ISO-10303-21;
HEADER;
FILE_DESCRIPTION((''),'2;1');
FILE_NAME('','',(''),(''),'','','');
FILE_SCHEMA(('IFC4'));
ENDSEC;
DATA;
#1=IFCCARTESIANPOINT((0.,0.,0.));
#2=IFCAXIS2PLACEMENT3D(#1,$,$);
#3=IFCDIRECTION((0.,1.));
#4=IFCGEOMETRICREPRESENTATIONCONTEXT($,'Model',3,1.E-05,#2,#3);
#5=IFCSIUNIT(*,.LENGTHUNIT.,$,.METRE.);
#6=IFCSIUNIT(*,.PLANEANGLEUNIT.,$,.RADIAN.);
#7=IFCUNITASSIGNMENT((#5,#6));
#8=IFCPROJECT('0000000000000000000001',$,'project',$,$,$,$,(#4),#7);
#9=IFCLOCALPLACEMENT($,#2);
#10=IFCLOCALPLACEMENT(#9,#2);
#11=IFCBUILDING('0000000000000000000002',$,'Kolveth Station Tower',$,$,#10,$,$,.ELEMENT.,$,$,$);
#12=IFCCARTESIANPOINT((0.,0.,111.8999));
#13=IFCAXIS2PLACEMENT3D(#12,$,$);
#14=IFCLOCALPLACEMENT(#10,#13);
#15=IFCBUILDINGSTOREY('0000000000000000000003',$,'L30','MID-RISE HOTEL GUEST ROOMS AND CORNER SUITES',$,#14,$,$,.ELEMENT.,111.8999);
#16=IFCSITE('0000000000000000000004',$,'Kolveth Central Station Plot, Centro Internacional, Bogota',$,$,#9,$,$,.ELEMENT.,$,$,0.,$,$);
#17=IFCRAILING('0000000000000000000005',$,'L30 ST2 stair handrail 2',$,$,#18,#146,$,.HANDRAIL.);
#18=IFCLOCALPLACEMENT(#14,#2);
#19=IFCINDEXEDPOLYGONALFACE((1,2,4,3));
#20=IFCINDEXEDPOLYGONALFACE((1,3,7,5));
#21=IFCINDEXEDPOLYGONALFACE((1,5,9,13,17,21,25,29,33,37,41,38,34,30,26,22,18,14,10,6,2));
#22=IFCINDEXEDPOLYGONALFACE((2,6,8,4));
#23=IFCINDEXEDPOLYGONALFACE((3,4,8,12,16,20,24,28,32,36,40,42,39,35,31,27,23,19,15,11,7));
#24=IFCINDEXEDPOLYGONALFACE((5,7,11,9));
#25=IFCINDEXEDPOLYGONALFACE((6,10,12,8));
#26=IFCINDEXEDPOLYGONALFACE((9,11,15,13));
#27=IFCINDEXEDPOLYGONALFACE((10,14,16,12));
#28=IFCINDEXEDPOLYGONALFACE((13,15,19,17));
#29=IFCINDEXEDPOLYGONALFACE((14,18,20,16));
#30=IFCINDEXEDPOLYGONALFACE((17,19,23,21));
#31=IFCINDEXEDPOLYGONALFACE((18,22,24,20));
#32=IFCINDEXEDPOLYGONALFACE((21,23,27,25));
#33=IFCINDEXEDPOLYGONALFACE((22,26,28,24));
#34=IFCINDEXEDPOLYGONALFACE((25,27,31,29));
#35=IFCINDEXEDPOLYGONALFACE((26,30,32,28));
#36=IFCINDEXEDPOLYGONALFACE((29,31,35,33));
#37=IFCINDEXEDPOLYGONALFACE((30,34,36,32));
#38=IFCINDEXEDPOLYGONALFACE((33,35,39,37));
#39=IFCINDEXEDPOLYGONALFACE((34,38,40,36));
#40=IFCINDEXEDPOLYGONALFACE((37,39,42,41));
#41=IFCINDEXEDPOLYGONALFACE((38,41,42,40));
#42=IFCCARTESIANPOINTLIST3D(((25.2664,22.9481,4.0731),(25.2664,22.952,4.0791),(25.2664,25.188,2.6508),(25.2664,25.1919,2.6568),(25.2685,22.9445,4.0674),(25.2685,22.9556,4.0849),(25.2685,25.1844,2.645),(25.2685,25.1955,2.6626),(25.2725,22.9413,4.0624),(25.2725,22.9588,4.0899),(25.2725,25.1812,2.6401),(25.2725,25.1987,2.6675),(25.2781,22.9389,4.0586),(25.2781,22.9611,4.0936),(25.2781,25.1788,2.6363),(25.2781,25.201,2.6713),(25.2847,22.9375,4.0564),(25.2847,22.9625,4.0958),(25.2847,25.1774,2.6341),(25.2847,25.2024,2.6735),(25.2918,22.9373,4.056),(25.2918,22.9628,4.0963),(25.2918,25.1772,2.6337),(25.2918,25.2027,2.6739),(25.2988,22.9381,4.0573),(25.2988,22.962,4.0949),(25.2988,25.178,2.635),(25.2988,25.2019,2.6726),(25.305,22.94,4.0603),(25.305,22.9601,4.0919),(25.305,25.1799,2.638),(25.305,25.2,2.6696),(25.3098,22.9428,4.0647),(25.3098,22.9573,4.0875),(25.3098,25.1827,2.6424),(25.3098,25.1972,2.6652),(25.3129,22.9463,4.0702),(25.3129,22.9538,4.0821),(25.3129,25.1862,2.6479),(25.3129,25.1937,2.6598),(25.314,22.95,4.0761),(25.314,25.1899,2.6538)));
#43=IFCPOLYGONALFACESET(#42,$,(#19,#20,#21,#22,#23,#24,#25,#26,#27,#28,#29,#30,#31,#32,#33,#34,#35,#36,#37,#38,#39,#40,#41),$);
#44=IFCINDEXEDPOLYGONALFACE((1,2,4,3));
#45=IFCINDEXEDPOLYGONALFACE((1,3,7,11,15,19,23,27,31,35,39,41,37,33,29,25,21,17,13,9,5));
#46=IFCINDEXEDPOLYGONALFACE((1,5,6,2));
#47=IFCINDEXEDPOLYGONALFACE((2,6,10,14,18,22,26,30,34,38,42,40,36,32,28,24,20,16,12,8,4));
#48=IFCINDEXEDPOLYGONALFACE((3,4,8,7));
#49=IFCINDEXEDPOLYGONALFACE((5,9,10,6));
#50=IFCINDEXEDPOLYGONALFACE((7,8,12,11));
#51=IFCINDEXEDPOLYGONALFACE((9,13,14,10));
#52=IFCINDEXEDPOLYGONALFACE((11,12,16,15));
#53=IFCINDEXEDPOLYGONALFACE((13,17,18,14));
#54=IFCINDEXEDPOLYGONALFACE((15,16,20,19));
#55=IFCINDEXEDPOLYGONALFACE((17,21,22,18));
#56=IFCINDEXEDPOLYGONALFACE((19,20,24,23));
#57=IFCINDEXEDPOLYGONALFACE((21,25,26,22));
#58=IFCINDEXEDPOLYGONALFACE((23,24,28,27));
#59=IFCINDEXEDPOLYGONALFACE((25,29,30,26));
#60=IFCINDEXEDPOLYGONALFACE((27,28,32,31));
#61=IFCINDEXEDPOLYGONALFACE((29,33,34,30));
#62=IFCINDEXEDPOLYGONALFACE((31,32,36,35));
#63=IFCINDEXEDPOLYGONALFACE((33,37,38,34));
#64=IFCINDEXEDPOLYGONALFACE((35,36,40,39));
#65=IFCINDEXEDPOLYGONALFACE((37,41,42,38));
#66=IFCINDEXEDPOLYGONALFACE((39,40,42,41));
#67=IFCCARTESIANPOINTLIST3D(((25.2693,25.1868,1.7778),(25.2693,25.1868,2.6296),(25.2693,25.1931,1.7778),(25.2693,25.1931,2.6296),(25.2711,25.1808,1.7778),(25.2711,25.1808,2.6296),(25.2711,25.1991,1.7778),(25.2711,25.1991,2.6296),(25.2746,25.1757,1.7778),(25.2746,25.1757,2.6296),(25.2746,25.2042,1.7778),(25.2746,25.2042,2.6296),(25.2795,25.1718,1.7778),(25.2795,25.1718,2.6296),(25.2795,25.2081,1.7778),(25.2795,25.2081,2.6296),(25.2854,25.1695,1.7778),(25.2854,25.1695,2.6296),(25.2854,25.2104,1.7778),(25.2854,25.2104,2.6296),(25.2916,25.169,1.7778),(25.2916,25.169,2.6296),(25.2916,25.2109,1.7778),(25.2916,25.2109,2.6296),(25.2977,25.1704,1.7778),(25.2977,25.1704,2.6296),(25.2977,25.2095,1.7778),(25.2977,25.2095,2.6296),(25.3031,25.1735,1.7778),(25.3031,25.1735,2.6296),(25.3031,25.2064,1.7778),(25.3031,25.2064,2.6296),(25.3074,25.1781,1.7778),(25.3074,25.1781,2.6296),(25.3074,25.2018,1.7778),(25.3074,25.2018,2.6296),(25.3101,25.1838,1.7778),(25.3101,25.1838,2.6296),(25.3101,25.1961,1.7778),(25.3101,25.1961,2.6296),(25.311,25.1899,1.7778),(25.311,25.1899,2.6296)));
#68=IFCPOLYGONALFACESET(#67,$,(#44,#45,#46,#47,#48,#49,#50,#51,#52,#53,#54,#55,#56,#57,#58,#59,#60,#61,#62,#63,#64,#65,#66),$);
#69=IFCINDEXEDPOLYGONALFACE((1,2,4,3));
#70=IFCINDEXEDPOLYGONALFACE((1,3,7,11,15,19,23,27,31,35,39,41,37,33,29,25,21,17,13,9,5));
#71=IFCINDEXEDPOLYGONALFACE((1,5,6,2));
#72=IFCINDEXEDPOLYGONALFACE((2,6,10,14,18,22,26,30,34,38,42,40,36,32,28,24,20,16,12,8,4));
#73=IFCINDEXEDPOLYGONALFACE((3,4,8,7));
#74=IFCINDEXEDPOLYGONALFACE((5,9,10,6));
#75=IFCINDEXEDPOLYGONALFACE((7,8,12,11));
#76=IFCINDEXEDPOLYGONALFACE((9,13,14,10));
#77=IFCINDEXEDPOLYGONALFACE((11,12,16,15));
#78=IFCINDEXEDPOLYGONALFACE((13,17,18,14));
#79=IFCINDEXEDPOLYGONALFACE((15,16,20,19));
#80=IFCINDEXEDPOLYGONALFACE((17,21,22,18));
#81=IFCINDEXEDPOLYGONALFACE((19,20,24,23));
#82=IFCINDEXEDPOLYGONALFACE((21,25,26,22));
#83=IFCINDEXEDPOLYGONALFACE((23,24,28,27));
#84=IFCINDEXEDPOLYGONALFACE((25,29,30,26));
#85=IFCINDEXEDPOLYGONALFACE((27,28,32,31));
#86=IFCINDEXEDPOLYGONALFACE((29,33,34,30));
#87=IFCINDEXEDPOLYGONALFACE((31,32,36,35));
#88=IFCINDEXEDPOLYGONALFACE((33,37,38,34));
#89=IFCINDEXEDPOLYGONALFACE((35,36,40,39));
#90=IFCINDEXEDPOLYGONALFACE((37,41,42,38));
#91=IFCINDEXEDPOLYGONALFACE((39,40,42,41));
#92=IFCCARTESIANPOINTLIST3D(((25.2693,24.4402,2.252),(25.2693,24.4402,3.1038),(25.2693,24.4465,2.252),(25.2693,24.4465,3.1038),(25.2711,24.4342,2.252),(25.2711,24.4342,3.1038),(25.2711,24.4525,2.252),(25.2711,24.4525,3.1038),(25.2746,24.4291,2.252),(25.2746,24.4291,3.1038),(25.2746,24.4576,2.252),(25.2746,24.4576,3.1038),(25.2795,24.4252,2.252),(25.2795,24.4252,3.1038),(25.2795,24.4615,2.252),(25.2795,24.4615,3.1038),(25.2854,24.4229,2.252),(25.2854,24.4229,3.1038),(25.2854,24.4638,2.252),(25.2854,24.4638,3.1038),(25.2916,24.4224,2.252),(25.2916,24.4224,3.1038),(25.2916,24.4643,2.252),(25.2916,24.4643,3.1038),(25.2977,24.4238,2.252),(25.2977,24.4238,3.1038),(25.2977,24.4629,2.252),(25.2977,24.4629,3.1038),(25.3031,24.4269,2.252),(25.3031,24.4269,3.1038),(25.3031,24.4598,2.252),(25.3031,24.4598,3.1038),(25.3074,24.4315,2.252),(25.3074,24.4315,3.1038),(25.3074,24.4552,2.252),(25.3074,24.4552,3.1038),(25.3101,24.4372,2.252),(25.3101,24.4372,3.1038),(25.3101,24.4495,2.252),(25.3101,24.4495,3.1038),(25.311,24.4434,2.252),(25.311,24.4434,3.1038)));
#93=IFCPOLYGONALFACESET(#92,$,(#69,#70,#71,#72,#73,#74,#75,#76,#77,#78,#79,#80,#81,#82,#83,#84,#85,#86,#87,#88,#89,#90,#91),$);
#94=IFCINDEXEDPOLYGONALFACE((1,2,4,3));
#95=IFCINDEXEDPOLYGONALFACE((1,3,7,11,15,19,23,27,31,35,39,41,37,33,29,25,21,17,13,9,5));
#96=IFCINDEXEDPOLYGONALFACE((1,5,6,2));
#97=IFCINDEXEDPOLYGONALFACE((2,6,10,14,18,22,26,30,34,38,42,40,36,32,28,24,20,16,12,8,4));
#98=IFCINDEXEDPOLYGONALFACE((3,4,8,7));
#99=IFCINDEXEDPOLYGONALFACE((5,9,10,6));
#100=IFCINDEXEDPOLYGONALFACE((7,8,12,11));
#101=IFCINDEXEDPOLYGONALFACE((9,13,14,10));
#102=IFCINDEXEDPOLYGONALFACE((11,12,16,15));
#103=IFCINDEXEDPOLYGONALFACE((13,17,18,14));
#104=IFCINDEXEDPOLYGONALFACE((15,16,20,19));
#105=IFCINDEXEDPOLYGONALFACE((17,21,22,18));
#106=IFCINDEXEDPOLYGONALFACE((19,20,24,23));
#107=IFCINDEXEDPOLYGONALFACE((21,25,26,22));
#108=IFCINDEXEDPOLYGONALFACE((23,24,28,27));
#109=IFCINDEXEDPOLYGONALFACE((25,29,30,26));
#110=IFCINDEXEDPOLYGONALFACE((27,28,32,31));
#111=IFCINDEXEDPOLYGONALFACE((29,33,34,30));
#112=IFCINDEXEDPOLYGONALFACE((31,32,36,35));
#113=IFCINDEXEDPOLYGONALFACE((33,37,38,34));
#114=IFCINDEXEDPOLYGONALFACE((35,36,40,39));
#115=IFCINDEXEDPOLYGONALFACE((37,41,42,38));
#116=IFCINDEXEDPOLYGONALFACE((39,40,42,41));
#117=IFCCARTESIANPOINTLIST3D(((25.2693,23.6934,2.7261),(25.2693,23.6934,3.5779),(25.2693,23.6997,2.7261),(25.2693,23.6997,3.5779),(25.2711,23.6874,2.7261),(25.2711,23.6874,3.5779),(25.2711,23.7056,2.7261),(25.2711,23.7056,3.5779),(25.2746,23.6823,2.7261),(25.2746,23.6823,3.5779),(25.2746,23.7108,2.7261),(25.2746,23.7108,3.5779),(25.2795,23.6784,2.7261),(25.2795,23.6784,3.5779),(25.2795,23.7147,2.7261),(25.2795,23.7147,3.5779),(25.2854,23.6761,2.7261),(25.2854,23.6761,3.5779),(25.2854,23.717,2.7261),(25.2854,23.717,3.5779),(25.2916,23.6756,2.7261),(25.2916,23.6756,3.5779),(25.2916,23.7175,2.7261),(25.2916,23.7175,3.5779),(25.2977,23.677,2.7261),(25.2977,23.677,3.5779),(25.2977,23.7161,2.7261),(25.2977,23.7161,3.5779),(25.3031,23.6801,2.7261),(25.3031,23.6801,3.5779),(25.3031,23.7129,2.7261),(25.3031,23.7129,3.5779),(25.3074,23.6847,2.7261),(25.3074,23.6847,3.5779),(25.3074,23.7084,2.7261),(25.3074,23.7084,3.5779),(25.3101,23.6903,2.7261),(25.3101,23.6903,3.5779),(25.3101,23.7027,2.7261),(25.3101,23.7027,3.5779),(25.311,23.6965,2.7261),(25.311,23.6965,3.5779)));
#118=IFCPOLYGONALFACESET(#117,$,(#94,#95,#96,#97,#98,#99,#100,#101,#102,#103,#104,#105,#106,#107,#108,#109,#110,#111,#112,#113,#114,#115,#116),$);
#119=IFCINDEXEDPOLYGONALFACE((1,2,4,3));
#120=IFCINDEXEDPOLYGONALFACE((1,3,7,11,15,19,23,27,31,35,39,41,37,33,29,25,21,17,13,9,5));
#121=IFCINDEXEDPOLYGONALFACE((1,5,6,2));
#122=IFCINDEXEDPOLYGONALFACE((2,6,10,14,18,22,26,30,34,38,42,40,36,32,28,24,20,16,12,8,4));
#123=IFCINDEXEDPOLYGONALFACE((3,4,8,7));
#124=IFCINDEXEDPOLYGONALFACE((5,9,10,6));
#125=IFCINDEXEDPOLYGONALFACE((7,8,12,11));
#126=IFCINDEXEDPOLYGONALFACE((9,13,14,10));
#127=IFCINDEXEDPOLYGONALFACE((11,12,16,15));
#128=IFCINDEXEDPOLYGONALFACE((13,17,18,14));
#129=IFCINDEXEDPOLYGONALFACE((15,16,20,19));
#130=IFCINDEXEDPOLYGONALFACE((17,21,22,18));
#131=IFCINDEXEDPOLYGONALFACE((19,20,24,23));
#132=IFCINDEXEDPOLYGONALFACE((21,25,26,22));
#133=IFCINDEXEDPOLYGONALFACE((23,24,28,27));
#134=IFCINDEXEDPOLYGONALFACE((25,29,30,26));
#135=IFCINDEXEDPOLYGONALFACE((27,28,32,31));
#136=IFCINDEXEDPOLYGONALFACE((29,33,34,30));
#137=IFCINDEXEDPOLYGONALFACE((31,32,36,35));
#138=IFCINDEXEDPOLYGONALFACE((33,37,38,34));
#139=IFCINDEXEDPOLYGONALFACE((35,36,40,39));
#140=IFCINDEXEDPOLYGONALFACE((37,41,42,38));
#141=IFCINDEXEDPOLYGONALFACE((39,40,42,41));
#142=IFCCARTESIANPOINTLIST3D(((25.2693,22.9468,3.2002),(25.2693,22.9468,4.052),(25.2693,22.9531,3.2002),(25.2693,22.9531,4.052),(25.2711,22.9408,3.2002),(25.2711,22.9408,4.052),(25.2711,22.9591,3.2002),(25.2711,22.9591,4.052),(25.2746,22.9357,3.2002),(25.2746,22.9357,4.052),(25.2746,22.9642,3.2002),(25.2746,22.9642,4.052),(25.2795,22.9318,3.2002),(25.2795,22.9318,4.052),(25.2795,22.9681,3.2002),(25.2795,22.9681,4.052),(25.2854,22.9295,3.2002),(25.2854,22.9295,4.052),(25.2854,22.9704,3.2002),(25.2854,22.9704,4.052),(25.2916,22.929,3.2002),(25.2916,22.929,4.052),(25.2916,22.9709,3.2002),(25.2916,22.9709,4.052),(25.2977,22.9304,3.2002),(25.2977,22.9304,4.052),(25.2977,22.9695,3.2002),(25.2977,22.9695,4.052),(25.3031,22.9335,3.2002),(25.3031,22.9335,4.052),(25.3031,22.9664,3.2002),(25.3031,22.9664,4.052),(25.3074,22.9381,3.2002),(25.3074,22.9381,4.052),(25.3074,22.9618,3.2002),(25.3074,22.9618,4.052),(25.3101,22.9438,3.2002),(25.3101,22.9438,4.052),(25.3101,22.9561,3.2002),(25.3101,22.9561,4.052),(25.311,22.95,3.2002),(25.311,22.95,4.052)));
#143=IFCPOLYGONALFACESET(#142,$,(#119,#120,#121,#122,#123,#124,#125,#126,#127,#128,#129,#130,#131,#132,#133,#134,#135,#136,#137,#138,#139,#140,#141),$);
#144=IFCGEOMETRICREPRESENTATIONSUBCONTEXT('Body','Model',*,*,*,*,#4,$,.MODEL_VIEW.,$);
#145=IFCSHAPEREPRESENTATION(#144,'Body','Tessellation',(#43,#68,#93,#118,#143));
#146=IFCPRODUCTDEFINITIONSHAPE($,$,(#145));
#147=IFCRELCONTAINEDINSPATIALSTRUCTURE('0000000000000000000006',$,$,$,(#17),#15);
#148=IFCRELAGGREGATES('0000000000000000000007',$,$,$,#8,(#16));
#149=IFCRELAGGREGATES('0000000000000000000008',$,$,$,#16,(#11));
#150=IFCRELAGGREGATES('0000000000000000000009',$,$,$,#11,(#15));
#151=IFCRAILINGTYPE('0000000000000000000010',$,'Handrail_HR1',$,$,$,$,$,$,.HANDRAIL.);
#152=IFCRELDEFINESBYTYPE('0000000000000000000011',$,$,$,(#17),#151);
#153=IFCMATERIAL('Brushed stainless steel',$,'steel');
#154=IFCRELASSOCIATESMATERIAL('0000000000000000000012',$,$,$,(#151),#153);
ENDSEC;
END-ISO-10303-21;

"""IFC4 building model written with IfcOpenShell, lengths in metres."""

from ifc_helpers import new_model, si_unit, direction, frame, origin, origin_2d, place, context, subcontext, project, spatial, circle, extrude, material, type_object, element, save


model = new_model("IFC4")

# Units and contexts
model_context = context("Model", 3, precision=1e-05, world=origin(), true_north=direction((0.0, 1.0)))
body_context = subcontext(model_context, "Body", "Model", "MODEL_VIEW")
ifc_project = project(units=[si_unit("LENGTHUNIT", "METRE"), si_unit("PLANEANGLEUNIT", "RADIAN")], contexts=[model_context])

# Site, building, storey
site_placement = place(None, origin())
site = spatial("IfcSite", under=ifc_project, at=site_placement, Name="Kolveth Central Station Plot, Centro Internacional, Bogota", CompositionType="ELEMENT", RefElevation=0.0)
building_placement = place(site_placement, origin())
building = spatial("IfcBuilding", under=site, at=building_placement, Name="Kolveth Station Tower", CompositionType="ELEMENT")
storey_placement = place(building_placement, frame((0.0, 0.0, 111.8999)))
storey = spatial("IfcBuildingStorey", under=building, at=storey_placement, Name="L30", Description="MID-RISE HOTEL GUEST ROOMS AND CORNER SUITES", CompositionType="ELEMENT", Elevation=111.8999)

# Railing
ifc_material_1 = material(Name="Brushed stainless steel", Category="steel")
railing_type_1 = type_object("IfcRailingType", Name="Handrail_HR1", PredefinedType="HANDRAIL", material=ifc_material_1)
railing_1_placement = place(storey_placement, frame((25.29, 25.1899, 1.7778)))
element("IfcRailing", 1, at=railing_1_placement, inside=storey, type_object=railing_type_1, Name="L30 ST2 stair handrail 2", PredefinedType="HANDRAIL", context=body_context, shape_type="SweptSolid", body=[
    extrude(circle(Radius=0.0239, at=origin_2d()), frame((0.0, 0.0, 0.876), z_axis=(0.0, -0.844188, 0.536048), x_axis=(1.0, 0.0, 0.0)), (0.0, 0.0, 1.0), 2.6533),
    extrude(circle(Radius=0.021, at=origin_2d()), origin(), (0.0, 0.0, 1.0), 0.8518),
    extrude(circle(Radius=0.021, at=origin_2d()), frame((0.0, -0.7466, 0.4741)), (0.0, 0.0, 1.0), 0.8518),
    extrude(circle(Radius=0.021, at=origin_2d()), frame((0.0, -1.4934, 0.9482)), (0.0, 0.0, 1.0), 0.8518),
    extrude(circle(Radius=0.021, at=origin_2d()), frame((0.0, -2.24, 1.4224)), (0.0, 0.0, 1.0), 0.8518),
])

save(model, "model.ifc")
